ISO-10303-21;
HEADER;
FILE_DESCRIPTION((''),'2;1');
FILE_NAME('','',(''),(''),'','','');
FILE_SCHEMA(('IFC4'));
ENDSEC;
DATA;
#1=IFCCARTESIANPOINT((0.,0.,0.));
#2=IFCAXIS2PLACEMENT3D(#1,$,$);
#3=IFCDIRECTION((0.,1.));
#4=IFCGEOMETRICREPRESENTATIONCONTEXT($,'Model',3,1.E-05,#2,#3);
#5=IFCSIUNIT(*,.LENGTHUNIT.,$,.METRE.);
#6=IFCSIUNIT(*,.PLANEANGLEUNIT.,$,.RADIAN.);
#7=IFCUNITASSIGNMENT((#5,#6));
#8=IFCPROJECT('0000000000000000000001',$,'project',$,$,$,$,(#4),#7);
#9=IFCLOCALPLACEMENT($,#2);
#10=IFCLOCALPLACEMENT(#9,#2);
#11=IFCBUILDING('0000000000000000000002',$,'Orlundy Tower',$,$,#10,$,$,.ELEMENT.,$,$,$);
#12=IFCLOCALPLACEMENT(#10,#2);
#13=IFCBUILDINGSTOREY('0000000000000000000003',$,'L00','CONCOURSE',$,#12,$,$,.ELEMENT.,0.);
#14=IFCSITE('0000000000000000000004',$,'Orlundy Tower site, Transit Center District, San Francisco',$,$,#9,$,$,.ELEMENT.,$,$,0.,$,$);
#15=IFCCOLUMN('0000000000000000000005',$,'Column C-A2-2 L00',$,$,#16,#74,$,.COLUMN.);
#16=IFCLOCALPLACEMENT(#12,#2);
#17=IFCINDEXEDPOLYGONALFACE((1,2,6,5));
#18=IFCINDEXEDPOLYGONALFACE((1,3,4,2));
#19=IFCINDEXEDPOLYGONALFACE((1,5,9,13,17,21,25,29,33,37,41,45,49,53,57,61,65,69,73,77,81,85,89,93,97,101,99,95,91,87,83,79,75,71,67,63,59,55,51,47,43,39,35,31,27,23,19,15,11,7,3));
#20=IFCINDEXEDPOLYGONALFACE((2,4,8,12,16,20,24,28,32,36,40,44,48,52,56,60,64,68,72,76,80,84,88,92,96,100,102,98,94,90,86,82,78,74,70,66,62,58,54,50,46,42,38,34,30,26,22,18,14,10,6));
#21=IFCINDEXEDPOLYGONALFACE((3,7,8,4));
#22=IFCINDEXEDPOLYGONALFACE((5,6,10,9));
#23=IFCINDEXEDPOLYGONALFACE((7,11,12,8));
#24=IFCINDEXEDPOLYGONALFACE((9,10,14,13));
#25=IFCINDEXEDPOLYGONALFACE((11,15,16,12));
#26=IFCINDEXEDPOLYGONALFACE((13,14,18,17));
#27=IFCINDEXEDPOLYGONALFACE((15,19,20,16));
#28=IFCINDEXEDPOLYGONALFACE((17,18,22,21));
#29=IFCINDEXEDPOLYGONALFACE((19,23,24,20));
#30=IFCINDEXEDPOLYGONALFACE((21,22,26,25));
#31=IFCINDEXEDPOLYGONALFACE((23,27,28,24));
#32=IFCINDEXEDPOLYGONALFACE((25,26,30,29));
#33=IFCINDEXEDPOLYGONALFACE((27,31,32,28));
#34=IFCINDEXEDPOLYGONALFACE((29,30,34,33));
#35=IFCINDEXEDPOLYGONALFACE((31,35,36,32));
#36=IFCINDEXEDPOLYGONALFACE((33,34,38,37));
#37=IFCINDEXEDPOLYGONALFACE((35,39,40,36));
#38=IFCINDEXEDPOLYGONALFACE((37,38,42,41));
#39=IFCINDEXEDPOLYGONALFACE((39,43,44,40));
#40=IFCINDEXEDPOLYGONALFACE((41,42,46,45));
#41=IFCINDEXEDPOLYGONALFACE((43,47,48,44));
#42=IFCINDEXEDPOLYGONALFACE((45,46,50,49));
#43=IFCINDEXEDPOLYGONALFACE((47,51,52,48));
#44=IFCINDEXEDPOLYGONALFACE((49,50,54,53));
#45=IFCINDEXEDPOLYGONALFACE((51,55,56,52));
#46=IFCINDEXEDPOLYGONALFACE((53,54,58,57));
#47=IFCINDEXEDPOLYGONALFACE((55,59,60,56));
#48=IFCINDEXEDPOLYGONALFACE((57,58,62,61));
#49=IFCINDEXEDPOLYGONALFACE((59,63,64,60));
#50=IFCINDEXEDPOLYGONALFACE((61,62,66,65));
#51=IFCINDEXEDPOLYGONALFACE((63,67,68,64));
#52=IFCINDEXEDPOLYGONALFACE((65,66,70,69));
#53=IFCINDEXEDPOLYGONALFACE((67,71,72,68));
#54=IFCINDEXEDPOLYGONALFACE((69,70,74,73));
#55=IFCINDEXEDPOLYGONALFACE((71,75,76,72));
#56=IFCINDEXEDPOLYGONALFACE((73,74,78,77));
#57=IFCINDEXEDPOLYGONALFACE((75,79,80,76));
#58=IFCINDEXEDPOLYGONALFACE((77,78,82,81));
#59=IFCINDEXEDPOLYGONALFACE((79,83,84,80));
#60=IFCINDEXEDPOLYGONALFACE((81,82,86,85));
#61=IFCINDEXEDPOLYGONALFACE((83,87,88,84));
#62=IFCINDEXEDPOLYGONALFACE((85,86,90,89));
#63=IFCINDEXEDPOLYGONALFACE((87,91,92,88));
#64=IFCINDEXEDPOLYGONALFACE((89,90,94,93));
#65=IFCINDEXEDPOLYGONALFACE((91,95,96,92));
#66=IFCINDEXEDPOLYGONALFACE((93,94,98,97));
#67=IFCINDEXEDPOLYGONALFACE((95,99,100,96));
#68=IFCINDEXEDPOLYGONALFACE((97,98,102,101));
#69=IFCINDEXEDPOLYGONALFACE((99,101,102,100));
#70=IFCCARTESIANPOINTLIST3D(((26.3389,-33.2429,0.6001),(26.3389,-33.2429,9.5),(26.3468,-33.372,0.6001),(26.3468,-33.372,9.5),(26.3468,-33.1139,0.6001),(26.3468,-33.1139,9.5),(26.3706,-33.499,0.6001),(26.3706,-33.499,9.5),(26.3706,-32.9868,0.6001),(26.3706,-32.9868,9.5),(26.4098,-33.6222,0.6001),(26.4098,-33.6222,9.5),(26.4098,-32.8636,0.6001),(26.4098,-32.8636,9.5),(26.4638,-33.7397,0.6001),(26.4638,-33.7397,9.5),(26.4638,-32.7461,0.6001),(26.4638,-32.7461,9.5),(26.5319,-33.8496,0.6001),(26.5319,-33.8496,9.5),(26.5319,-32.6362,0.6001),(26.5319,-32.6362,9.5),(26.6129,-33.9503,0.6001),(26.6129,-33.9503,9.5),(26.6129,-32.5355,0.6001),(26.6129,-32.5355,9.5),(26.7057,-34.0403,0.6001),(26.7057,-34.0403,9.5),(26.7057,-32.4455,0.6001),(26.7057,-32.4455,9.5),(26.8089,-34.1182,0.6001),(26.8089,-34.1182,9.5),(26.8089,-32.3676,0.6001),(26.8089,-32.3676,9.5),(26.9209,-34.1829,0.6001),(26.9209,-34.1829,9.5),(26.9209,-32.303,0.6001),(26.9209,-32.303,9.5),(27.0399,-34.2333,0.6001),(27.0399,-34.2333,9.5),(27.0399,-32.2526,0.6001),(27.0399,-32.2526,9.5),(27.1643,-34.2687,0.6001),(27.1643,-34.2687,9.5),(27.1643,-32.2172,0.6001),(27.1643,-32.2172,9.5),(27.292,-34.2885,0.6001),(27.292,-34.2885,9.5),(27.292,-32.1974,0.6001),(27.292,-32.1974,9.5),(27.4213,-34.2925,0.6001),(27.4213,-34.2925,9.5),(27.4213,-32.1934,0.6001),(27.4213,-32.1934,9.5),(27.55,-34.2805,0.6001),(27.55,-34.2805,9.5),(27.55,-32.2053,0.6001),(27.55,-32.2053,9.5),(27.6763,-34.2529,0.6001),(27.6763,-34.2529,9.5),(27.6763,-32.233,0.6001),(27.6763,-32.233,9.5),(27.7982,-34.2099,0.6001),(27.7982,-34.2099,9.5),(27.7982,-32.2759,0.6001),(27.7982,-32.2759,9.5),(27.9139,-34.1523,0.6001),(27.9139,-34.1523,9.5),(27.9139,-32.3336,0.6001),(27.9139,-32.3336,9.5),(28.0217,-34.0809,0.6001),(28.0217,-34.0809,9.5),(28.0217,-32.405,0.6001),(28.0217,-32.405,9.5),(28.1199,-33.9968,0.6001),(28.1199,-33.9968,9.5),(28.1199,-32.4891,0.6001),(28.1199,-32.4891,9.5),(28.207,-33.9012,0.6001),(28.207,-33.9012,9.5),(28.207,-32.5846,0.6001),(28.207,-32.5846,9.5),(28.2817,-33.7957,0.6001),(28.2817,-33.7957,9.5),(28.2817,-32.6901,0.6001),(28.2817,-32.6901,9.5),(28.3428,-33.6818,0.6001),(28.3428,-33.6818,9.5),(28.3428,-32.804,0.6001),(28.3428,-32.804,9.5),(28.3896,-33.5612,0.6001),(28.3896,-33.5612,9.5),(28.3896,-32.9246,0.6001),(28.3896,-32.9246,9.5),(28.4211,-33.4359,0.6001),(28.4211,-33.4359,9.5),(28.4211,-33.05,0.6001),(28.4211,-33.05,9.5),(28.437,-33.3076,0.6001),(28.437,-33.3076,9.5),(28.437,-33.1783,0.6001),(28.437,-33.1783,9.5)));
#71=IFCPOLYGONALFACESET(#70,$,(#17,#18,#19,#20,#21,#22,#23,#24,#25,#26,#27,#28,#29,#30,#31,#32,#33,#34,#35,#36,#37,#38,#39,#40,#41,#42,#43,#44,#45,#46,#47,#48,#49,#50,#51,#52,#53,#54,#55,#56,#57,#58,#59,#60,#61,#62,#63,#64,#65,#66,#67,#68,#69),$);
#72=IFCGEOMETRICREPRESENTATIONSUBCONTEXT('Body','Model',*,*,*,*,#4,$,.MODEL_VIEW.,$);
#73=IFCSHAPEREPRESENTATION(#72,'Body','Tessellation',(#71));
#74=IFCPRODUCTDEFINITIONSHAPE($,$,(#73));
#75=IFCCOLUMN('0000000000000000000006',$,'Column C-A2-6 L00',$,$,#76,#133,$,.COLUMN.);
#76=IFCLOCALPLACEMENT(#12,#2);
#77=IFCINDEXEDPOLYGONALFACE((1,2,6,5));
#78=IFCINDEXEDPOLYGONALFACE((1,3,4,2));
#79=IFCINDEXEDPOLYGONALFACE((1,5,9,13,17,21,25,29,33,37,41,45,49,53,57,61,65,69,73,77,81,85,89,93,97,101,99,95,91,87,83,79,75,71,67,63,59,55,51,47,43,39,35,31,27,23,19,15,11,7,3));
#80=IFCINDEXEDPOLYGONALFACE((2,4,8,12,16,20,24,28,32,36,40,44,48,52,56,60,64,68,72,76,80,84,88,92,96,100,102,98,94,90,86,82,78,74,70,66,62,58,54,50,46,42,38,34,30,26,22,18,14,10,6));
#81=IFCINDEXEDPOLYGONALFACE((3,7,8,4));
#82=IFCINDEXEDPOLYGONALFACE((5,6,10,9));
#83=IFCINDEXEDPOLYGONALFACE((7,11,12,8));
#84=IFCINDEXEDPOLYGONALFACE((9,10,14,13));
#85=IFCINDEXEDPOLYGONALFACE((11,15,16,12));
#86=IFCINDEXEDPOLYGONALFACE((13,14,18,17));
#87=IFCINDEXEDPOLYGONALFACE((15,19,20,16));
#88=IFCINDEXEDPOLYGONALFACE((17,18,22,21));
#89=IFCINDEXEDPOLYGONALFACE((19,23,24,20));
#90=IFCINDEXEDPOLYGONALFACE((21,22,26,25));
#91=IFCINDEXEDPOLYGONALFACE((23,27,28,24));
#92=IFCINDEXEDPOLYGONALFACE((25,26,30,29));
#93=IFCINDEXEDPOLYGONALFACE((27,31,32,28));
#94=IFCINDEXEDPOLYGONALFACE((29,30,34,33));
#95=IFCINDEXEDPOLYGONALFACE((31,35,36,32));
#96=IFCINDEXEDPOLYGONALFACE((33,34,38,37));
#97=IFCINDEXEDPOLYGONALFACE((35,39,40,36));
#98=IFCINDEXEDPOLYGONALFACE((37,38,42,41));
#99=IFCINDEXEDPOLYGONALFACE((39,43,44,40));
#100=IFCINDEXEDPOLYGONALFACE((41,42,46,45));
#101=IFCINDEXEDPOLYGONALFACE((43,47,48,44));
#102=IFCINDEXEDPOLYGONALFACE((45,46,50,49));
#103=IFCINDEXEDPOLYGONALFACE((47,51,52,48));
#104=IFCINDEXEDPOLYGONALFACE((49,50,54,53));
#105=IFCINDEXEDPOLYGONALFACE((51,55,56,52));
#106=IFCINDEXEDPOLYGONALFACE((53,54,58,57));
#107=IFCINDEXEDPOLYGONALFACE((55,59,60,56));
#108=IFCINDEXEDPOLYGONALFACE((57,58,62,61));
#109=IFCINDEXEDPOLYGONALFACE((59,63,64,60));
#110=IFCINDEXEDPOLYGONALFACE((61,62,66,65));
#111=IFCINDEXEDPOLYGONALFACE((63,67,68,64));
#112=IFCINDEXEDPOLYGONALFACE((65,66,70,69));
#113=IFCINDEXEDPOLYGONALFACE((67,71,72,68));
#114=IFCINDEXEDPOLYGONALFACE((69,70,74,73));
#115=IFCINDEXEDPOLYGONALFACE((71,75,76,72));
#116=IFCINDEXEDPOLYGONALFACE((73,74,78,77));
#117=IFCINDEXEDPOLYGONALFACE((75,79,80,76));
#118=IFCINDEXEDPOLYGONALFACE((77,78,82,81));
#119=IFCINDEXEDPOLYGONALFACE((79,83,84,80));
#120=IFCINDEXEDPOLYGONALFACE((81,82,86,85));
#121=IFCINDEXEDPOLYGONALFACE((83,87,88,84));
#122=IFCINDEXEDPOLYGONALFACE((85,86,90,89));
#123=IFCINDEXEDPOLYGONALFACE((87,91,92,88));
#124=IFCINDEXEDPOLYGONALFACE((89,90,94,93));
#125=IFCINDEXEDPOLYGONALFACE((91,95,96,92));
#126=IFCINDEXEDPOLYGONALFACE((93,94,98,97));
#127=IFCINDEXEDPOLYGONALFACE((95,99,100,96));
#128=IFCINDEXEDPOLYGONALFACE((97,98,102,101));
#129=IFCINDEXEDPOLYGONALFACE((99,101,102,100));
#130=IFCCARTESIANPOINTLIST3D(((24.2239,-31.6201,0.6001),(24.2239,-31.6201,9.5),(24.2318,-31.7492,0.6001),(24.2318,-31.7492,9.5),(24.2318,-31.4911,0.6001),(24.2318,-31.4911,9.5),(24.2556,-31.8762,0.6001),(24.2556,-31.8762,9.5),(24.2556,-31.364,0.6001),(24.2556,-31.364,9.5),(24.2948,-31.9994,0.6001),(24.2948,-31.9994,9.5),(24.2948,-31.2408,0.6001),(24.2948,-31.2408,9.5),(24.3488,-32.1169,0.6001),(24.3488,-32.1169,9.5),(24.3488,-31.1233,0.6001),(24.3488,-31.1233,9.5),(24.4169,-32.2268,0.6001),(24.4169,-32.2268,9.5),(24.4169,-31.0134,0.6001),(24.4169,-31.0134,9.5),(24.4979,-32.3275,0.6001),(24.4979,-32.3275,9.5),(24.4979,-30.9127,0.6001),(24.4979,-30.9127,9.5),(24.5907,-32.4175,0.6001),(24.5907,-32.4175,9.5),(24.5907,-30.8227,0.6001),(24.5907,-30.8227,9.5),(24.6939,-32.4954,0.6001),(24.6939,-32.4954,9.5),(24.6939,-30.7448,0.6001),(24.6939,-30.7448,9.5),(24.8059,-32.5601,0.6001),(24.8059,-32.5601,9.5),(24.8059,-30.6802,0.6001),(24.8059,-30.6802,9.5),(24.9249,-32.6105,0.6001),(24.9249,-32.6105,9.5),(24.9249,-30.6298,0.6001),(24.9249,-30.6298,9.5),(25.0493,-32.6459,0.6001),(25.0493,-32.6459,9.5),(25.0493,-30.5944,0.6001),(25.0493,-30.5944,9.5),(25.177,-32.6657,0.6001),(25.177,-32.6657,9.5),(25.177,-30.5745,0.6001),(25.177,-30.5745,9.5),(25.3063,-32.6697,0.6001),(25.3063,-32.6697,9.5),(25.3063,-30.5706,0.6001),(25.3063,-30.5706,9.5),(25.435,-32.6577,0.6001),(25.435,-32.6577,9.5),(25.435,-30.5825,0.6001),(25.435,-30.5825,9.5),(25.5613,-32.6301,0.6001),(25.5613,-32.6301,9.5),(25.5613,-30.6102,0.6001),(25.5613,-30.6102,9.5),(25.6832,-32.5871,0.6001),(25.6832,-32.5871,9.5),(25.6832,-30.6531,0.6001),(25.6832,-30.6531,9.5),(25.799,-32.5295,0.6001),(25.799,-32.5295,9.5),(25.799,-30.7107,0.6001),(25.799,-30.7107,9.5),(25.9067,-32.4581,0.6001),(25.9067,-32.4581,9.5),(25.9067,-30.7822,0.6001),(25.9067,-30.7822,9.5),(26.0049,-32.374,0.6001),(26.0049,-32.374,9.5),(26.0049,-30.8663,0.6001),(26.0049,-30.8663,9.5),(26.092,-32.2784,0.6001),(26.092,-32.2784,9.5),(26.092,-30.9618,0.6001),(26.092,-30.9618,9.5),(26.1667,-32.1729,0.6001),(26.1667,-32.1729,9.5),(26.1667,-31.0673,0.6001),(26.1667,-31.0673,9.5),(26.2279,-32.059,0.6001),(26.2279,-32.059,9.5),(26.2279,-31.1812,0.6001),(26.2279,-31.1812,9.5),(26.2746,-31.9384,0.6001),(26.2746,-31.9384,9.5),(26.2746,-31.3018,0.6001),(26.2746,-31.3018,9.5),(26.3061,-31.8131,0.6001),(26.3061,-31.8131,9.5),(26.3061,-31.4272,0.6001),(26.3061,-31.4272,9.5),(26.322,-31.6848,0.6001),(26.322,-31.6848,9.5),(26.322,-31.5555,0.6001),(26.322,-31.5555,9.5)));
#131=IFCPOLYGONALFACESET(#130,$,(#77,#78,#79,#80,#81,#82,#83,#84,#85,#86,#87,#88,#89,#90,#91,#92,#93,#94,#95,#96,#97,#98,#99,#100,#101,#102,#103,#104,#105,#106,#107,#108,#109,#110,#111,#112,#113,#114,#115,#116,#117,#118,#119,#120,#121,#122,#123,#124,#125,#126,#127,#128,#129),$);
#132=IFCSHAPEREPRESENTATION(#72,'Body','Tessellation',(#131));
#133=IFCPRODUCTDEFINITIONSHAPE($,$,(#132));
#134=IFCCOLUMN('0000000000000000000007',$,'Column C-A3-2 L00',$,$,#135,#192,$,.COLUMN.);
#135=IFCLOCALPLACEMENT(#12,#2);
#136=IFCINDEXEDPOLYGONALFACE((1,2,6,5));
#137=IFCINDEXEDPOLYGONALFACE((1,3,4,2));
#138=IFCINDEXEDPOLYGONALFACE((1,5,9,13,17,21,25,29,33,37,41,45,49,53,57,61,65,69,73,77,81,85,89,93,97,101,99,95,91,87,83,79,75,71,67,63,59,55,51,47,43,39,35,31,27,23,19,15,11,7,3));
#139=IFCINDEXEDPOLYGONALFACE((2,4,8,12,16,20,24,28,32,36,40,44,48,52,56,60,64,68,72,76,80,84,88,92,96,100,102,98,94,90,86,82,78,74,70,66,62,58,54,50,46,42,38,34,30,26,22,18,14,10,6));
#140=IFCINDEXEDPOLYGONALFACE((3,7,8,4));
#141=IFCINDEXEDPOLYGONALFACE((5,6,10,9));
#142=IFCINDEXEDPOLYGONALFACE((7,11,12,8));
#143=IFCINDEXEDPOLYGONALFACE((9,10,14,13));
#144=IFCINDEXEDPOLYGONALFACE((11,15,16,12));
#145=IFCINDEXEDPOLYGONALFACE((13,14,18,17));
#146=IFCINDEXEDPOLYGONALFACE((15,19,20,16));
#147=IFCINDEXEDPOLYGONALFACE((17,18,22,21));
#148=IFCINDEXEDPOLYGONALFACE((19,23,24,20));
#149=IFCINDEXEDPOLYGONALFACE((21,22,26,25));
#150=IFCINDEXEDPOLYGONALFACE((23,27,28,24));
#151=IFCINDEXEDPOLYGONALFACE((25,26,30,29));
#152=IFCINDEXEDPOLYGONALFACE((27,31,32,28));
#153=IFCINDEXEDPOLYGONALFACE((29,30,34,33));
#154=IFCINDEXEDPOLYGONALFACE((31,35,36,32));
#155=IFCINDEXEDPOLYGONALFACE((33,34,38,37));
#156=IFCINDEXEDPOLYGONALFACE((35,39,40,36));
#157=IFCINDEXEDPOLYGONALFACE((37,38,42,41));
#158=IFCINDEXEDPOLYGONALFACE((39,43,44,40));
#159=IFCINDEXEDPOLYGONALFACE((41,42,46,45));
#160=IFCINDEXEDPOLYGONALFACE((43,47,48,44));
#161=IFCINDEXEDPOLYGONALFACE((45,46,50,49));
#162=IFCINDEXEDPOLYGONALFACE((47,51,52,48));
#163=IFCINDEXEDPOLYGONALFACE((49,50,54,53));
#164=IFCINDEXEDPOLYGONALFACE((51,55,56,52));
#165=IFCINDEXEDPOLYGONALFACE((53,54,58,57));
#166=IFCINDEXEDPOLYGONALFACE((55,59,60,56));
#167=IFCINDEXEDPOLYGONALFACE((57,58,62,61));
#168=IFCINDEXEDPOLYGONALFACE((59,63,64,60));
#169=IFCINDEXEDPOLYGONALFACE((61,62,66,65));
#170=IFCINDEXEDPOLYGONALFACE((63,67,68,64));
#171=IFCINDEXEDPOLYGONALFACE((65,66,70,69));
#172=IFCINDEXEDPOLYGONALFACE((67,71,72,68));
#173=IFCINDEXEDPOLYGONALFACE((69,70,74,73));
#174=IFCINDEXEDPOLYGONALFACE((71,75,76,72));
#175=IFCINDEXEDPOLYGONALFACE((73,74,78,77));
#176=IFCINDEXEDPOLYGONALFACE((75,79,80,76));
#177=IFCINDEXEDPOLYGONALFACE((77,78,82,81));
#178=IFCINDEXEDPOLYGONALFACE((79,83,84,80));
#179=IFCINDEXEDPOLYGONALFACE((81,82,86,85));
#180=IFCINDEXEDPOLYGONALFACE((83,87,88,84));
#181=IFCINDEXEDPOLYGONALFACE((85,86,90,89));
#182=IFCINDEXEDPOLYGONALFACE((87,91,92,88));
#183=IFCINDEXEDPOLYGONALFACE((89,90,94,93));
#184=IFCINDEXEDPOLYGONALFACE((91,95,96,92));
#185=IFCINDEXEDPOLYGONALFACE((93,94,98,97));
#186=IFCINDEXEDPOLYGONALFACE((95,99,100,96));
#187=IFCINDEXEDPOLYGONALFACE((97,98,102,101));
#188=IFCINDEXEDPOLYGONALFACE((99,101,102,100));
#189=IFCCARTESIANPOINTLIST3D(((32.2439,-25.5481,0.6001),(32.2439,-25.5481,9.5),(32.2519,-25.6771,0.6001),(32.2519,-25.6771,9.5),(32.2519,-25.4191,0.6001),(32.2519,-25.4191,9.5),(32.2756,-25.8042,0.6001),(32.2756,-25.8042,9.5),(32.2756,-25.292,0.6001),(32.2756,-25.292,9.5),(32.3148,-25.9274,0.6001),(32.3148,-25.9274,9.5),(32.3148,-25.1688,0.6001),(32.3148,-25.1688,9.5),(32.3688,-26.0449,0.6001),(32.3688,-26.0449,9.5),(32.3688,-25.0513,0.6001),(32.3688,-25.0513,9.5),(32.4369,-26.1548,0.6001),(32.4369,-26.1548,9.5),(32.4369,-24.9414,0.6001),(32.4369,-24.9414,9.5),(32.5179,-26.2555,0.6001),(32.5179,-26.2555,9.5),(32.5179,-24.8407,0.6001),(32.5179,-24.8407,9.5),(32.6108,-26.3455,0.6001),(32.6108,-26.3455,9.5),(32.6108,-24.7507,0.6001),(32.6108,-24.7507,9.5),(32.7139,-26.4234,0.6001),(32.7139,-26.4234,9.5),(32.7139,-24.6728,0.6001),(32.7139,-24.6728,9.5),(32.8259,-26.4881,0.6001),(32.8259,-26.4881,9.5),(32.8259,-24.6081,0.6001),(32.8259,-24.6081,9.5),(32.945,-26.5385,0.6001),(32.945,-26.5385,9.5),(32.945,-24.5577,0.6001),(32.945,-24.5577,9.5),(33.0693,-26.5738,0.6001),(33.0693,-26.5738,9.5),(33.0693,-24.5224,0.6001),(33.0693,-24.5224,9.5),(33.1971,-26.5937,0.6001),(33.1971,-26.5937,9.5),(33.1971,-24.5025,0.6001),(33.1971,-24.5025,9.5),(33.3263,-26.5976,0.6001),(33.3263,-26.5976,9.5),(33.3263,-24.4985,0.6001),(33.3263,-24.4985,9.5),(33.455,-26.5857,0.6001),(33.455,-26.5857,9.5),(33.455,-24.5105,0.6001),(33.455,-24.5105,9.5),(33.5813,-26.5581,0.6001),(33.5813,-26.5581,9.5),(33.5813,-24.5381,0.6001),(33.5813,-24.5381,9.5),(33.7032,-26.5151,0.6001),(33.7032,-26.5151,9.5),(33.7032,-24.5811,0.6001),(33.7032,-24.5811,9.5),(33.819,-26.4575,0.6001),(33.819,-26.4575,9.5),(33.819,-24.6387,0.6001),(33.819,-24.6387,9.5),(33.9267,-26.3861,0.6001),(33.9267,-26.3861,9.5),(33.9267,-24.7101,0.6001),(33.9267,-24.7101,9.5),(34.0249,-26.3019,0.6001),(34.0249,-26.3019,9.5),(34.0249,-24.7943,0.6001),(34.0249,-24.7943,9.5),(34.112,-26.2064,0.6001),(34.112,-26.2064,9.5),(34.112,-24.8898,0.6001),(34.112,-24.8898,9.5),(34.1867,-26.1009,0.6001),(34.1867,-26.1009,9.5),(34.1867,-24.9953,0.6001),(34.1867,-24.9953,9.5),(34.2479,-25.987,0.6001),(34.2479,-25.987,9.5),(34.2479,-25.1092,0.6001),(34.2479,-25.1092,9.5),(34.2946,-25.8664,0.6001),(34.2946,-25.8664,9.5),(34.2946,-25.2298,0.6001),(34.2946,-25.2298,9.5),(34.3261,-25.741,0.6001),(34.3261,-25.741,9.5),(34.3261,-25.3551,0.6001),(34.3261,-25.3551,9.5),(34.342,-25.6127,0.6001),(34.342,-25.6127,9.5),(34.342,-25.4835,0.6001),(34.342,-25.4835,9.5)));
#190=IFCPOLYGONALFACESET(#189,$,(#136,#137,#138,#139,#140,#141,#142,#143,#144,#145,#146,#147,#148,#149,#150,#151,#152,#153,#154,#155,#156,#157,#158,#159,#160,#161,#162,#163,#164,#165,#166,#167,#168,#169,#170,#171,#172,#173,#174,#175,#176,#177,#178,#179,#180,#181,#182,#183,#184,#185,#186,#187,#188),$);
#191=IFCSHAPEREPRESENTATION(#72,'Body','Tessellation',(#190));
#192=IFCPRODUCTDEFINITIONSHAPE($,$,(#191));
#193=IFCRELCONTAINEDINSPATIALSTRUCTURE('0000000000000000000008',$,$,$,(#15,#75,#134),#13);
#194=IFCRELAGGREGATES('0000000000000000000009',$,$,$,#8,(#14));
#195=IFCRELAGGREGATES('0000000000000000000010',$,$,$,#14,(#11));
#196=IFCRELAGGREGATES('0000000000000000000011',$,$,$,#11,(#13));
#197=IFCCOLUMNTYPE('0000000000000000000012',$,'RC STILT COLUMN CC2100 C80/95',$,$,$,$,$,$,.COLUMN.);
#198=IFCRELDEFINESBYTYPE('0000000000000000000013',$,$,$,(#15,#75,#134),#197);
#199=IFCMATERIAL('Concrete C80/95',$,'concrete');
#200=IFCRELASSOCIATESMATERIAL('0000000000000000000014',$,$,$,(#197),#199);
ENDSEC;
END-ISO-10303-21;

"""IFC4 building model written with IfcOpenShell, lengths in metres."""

from ifc_helpers import new_model, si_unit, direction, frame, origin, origin_2d, place, context, subcontext, project, spatial, circle, extrude, material, material_profile, profile_set, type_object, element, save


model = new_model("IFC4")

# Units and contexts
model_context = context("Model", 3, precision=1e-05, world=origin(), true_north=direction((0.0, 1.0)))
body_context = subcontext(model_context, "Body", "Model", "MODEL_VIEW")
ifc_project = project(units=[si_unit("LENGTHUNIT", "METRE"), si_unit("PLANEANGLEUNIT", "RADIAN")], contexts=[model_context])

# Site, building, storey
site_placement = place(None, origin())
site = spatial("IfcSite", under=ifc_project, at=site_placement, Name="Orlundy Tower site, Transit Center District, San Francisco", CompositionType="ELEMENT", RefElevation=0.0)
building_placement = place(site_placement, origin())
building = spatial("IfcBuilding", under=site, at=building_placement, Name="Orlundy Tower", CompositionType="ELEMENT")
storey_placement = place(building_placement, origin())
storey = spatial("IfcBuildingStorey", under=building, at=storey_placement, Name="L00", Description="CONCOURSE", CompositionType="ELEMENT", Elevation=0.0)

# Columns
ifc_material_1 = material(Name="Concrete C80/95", Category="concrete")
ifc_material_profile_1 = material_profile(ifc_material_1, circle(Radius=1.05, at=origin_2d()), Name="CC2100")
ifc_profile_set_1 = profile_set([ifc_material_profile_1], Name="Concrete C80/95")
column_type_1 = type_object("IfcColumnType", Name="RC STILT COLUMN CC2100 C80/95", PredefinedType="COLUMN", material=ifc_profile_set_1)
for number, where, z_axis, x_axis, name in (
    (1, (27.3889, -33.2429, 0.6001), (0.0, 0.0, 1.0), (0.5, 0.866025, 0.0), "Column C-A2-2 L00"),
    (2, (25.2739, -31.6201, 0.6001), (0.0, 0.0, 1.0), (0.5, 0.866025, 0.0), "Column C-A2-6 L00"),
    (3, (33.2939, -25.5481, 0.6001), (0.0, 0.0, 1.0), (0.5, 0.866025, 0.0), "Column C-A3-2 L00"),
):
    element("IfcColumn", number, at=place(storey_placement, frame(where, z_axis=z_axis, x_axis=x_axis)), inside=storey, type_object=column_type_1, Name=name, PredefinedType="COLUMN", context=body_context, shape_type="SweptSolid", body=[
        extrude(circle(Radius=1.05, at=origin_2d()), origin(), (0.0, 0.0, 1.0), 8.8999),
    ])

save(model, "model.ifc")
